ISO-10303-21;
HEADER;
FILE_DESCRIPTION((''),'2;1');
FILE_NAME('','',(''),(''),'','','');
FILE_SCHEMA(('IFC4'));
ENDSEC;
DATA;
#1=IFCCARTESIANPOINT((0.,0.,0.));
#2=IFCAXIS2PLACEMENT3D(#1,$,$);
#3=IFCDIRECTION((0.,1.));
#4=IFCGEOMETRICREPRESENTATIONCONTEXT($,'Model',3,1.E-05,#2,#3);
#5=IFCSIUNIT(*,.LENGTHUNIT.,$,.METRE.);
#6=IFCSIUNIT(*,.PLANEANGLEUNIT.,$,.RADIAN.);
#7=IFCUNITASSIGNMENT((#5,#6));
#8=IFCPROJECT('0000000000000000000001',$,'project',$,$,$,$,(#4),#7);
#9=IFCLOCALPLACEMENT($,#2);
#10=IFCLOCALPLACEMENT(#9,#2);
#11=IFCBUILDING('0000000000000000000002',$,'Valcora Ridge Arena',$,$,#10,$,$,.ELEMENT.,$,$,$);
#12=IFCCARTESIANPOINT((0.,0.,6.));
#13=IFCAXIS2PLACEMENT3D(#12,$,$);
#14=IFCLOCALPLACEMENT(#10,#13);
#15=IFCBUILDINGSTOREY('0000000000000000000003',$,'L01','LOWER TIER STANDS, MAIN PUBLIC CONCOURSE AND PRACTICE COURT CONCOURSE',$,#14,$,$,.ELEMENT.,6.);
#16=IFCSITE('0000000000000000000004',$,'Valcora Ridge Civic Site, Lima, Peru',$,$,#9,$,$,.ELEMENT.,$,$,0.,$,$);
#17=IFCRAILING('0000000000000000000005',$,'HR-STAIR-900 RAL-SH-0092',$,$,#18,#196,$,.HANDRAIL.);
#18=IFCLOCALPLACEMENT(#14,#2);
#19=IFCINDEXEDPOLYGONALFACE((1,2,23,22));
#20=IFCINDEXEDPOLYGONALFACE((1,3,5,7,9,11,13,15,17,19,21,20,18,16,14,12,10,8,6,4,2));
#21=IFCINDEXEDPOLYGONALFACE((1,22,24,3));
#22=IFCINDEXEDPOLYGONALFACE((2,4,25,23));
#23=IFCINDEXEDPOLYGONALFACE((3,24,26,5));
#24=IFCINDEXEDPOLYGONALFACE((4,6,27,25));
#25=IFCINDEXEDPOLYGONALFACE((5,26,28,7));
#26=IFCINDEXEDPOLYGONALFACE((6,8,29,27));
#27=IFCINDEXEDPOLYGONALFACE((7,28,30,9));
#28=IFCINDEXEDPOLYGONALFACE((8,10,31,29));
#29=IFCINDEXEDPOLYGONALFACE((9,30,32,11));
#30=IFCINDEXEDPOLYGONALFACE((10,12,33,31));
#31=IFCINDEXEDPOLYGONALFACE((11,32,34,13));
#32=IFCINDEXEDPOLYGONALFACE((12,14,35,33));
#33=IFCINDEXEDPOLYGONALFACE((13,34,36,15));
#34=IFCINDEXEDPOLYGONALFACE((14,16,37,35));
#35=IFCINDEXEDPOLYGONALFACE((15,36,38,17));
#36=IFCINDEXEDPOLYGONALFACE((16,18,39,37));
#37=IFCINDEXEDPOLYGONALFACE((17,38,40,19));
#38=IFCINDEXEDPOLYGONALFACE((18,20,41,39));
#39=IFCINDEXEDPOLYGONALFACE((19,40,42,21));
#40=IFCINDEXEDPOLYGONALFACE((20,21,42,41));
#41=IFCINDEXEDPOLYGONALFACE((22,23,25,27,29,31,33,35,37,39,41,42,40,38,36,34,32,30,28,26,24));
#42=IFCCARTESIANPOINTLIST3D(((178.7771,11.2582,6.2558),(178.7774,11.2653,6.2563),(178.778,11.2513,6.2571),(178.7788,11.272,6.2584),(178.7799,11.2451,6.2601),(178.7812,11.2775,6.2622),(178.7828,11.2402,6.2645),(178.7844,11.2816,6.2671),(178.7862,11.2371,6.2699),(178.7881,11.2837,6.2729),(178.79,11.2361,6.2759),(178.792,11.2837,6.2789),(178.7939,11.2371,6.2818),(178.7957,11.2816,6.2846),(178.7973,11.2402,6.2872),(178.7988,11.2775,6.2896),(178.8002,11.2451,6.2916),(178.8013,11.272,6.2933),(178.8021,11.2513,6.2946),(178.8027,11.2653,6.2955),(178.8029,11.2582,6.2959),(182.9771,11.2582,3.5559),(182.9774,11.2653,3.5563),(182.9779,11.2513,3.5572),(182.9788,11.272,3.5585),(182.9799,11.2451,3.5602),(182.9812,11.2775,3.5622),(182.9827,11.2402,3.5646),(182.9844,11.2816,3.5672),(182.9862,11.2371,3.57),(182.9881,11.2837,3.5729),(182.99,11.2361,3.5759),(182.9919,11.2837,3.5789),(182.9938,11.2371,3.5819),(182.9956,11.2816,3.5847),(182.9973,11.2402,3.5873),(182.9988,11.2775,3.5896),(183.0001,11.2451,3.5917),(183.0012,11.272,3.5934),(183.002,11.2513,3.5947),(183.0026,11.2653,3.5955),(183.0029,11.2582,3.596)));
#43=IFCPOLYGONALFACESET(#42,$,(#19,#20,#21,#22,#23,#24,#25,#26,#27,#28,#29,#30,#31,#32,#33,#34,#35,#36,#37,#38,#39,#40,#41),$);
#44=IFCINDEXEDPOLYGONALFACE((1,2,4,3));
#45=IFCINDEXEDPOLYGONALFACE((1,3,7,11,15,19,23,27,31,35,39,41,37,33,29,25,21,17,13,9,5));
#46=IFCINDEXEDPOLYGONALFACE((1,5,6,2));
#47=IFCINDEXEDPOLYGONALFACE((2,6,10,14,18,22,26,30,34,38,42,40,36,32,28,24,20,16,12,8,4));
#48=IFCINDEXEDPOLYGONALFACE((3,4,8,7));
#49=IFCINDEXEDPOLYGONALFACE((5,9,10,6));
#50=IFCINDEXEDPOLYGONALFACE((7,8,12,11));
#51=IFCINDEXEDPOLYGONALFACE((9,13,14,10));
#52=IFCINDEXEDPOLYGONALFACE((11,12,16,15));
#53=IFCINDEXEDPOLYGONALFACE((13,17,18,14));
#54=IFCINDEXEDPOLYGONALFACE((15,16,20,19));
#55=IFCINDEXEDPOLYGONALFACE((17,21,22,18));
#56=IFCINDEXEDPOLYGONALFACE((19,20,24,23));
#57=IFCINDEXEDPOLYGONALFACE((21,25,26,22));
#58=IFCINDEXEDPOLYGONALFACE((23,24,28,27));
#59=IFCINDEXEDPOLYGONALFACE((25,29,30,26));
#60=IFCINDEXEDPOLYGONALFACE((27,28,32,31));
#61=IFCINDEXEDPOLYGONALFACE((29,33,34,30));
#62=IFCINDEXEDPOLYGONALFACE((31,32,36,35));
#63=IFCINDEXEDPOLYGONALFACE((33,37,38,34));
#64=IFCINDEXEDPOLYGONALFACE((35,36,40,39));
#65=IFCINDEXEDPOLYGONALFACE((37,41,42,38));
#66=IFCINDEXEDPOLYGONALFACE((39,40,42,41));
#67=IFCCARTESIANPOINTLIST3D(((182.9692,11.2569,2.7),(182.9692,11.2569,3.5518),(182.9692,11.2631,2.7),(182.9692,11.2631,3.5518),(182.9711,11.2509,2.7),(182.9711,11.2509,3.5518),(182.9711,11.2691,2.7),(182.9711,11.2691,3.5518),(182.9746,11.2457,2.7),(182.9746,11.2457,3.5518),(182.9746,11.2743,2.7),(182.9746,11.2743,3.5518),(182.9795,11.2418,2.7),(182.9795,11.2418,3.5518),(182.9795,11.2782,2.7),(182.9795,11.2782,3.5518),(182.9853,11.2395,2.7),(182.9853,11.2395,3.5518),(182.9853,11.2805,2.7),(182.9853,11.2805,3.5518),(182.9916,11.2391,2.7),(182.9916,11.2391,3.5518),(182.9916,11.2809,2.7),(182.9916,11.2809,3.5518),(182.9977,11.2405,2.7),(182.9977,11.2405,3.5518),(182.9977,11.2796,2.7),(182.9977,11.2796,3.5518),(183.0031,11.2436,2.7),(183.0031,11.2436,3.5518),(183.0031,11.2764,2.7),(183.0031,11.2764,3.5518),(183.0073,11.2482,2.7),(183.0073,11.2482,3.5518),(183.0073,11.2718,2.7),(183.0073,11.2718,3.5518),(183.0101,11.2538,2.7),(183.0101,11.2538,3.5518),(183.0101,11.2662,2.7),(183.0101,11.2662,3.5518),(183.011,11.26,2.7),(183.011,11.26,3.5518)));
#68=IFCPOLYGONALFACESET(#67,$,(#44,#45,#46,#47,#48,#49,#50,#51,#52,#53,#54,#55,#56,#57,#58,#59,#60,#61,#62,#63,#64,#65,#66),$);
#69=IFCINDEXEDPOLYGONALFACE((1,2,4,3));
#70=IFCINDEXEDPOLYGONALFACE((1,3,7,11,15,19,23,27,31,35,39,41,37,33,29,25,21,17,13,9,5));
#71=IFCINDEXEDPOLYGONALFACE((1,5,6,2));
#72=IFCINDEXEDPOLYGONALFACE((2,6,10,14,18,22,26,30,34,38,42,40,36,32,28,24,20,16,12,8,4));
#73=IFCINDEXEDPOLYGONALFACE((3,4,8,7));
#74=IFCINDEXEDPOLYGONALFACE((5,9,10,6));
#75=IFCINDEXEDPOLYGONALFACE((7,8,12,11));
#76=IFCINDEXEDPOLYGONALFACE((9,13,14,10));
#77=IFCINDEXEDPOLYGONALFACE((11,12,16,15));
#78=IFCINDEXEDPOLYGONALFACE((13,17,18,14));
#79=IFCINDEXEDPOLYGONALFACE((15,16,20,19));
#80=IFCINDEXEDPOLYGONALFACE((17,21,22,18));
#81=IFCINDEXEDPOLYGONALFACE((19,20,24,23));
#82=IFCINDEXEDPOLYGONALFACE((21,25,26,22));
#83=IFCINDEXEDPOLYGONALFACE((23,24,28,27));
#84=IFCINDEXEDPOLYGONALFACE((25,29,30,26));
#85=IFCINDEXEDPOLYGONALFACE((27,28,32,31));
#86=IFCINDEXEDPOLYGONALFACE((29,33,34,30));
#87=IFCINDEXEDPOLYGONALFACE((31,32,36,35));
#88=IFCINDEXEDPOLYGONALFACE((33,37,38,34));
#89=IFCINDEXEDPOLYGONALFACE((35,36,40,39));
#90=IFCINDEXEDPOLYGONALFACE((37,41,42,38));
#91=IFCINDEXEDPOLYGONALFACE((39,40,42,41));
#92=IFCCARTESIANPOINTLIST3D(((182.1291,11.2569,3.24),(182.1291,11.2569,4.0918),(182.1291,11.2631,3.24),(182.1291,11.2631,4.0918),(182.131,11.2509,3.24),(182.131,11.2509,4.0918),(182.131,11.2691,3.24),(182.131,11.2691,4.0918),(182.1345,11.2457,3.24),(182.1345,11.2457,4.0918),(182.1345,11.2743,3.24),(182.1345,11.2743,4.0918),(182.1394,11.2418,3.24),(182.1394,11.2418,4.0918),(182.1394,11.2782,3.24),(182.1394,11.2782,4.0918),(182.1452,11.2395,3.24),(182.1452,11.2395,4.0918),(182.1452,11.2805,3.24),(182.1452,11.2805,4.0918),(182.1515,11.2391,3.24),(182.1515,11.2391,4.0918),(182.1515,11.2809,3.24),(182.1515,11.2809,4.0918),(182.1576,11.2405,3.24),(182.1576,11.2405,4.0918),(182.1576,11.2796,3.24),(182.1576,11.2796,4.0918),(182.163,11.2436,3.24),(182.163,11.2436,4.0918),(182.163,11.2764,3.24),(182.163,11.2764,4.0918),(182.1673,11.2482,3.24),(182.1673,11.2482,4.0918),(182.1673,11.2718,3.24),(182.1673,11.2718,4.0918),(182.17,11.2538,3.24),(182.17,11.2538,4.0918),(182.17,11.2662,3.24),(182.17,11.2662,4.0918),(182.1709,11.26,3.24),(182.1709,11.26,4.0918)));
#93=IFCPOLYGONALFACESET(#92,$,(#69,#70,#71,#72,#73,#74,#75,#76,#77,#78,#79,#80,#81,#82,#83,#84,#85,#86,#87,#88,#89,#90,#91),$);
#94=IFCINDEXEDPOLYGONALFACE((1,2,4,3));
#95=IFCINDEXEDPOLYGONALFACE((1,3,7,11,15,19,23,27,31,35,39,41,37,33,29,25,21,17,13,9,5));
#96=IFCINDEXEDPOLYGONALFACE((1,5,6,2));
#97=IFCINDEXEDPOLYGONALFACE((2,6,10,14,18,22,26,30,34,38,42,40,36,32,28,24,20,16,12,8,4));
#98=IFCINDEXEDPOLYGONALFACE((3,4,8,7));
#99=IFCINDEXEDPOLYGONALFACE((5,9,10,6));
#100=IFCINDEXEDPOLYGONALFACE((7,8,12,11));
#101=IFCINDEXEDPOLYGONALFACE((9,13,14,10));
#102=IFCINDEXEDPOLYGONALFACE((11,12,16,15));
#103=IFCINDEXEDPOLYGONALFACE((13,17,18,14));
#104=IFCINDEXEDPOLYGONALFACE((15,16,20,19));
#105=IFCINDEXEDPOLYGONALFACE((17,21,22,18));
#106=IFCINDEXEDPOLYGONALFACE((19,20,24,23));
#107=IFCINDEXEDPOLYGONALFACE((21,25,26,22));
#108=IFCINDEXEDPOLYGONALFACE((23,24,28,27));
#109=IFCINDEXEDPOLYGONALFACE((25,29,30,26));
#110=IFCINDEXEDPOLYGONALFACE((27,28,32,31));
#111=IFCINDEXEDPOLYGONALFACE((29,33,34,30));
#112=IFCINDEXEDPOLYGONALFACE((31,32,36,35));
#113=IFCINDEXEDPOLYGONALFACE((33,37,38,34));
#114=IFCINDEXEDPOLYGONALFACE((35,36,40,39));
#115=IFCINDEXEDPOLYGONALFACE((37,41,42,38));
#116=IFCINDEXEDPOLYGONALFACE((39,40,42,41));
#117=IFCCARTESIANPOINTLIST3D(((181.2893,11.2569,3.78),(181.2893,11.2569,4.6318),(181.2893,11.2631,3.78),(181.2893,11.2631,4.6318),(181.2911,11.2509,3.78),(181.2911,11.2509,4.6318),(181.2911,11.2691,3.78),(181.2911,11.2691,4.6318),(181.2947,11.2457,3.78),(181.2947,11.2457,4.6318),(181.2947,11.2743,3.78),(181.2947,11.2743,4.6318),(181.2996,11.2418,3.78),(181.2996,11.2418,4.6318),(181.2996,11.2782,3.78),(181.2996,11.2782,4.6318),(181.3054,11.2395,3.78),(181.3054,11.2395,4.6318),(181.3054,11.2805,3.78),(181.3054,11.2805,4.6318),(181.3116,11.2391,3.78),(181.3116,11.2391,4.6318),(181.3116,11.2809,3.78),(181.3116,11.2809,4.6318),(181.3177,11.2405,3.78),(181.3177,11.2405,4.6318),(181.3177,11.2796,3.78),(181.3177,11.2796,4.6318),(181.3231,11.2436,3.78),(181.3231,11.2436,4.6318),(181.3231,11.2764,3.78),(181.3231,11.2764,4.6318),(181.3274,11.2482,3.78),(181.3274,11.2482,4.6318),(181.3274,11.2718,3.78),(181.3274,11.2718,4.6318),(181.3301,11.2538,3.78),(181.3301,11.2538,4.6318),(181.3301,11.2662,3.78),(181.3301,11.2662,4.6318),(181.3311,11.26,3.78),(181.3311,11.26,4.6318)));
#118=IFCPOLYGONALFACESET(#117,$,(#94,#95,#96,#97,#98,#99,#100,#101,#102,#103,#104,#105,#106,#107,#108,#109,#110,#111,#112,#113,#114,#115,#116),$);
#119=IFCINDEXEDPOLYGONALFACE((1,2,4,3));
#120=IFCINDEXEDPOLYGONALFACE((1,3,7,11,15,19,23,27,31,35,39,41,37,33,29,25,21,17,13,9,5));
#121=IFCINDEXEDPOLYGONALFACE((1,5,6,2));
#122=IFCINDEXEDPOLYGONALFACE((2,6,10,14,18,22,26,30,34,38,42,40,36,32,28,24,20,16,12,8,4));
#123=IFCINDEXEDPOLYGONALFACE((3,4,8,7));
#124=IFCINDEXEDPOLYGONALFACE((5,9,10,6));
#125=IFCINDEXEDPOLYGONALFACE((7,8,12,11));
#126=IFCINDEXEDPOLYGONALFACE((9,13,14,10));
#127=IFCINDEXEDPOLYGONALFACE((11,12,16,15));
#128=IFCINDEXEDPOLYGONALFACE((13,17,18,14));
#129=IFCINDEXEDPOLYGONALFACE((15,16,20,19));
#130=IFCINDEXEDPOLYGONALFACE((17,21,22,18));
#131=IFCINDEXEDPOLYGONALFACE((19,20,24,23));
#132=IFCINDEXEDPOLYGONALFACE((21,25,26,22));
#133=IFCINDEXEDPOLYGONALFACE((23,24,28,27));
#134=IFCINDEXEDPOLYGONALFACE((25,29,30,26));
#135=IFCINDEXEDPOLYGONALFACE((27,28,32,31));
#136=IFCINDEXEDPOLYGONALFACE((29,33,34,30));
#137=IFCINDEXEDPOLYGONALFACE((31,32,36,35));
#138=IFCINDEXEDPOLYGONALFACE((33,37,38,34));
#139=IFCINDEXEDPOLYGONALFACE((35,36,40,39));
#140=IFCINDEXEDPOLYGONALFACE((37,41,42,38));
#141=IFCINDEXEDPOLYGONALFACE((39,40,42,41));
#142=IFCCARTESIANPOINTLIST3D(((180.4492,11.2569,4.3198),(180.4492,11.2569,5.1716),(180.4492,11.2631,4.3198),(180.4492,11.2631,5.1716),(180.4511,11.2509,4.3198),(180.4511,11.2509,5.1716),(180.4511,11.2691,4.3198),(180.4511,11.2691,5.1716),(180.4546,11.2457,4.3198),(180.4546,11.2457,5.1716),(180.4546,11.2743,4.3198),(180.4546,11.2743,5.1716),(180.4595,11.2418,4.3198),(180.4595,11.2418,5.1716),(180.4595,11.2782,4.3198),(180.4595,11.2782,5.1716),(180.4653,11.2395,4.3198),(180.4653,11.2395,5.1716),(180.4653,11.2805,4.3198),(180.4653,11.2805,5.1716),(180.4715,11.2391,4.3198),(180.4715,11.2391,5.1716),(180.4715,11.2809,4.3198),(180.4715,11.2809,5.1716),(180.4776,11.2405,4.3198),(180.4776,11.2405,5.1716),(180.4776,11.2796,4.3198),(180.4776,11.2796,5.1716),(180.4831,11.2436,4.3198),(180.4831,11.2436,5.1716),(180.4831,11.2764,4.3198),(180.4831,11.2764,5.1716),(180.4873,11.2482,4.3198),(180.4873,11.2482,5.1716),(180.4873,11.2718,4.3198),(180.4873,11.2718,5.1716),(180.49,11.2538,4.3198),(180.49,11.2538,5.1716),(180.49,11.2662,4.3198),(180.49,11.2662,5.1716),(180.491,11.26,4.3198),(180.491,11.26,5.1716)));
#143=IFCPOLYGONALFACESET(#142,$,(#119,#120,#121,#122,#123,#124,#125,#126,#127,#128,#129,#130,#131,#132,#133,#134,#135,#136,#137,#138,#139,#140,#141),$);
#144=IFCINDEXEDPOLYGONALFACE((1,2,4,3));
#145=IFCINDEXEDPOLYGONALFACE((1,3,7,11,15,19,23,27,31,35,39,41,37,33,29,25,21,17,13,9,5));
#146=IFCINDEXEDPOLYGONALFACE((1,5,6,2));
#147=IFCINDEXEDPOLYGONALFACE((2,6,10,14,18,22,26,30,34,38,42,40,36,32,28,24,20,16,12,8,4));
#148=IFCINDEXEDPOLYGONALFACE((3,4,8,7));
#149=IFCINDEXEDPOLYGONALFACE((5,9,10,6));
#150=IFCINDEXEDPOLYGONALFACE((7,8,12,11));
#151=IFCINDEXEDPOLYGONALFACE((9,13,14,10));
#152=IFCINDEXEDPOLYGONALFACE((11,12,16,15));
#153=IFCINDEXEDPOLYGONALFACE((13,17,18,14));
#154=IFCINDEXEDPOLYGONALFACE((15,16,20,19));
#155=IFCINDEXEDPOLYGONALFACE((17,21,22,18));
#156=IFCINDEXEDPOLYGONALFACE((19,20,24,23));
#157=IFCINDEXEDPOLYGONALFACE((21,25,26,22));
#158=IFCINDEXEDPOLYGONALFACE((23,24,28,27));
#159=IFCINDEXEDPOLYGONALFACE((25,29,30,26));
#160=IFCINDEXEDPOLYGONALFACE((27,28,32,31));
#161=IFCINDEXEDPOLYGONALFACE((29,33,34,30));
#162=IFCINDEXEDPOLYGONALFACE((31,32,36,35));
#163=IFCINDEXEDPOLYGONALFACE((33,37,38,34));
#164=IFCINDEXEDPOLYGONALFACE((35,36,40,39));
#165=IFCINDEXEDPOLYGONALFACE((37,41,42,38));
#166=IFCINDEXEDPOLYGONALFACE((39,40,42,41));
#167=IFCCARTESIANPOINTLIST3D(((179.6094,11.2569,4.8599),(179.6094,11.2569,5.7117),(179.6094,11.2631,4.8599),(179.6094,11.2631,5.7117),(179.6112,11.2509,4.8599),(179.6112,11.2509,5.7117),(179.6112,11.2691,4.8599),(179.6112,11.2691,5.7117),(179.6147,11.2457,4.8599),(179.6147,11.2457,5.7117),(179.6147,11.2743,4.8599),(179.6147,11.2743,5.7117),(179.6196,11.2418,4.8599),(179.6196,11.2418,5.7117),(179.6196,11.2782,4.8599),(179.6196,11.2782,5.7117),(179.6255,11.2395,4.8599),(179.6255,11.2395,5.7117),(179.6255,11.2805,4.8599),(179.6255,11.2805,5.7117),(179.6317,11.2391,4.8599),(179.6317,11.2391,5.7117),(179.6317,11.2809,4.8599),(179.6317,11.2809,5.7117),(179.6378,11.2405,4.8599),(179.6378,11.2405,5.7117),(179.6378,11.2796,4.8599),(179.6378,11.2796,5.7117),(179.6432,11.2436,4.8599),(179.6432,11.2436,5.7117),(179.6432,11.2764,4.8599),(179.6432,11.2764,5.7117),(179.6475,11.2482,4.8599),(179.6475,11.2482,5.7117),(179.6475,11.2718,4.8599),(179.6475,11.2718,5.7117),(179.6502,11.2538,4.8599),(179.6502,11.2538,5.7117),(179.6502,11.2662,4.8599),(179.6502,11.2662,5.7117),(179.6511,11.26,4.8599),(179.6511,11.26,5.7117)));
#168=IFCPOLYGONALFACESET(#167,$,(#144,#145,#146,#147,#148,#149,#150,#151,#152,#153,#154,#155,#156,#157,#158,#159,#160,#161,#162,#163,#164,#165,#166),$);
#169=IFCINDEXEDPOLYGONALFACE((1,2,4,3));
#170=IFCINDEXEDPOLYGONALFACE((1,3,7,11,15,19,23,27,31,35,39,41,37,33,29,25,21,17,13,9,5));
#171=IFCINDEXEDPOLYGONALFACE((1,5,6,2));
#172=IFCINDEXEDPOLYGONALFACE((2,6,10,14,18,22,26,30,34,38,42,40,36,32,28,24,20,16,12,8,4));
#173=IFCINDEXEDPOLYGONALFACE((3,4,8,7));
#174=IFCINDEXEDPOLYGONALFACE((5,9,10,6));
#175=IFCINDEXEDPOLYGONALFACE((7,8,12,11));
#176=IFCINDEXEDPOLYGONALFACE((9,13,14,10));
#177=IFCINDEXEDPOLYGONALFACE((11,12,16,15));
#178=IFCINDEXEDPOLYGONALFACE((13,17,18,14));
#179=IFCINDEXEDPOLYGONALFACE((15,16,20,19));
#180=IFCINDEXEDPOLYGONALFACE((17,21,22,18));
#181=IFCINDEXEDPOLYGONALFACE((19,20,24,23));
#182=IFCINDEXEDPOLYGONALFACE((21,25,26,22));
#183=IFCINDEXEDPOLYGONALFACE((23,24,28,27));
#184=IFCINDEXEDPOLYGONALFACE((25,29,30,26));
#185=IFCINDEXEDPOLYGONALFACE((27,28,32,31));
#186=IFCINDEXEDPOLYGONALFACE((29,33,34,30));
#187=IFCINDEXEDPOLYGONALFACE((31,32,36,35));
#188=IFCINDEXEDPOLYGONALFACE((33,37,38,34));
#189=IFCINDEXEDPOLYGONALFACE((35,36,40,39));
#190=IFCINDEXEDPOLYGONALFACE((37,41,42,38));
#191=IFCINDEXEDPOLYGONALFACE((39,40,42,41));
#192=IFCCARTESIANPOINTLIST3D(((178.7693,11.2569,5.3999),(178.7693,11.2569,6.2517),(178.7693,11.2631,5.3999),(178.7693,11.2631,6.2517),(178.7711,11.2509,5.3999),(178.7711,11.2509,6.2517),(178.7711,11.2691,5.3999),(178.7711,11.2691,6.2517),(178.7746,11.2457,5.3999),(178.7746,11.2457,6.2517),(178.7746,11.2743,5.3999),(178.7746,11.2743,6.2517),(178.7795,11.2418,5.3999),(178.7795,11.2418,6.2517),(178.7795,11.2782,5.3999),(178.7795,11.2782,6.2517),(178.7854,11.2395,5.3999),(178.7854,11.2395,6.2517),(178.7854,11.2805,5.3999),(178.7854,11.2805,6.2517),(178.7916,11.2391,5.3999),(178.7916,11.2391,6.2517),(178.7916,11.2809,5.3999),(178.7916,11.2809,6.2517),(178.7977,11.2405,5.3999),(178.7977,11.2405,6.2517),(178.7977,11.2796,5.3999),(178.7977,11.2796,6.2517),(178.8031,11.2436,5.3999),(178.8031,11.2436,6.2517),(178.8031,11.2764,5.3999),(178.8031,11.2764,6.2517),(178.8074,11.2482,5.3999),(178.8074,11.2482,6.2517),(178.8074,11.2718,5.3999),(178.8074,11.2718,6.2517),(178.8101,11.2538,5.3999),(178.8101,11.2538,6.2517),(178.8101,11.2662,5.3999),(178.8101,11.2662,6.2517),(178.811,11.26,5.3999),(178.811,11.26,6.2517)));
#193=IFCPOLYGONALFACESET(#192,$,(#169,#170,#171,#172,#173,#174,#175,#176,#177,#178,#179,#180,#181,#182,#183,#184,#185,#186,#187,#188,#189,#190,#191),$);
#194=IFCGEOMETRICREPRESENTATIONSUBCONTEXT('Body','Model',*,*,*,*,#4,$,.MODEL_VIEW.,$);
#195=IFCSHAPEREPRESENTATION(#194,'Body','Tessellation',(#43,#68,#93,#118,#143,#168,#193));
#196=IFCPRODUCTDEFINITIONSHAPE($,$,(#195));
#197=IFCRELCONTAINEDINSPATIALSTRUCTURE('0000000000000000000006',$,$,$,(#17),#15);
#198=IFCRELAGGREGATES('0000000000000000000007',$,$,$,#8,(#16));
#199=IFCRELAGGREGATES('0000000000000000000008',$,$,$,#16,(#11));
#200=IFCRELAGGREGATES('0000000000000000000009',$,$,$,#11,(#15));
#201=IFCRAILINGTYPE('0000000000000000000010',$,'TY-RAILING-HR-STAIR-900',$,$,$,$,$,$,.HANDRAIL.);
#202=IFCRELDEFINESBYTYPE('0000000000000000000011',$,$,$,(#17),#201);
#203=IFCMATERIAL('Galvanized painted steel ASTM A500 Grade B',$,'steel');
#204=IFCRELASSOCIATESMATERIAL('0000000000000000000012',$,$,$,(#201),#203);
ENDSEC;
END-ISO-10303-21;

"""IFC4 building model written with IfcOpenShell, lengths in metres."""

from ifc_helpers import new_model, si_unit, direction, frame, origin, origin_2d, place, context, subcontext, project, spatial, circle, extrude, material, type_object, element, save


model = new_model("IFC4")

# Units and contexts
model_context = context("Model", 3, precision=1e-05, world=origin(), true_north=direction((0.0, 1.0)))
body_context = subcontext(model_context, "Body", "Model", "MODEL_VIEW")
ifc_project = project(units=[si_unit("LENGTHUNIT", "METRE"), si_unit("PLANEANGLEUNIT", "RADIAN")], contexts=[model_context])

# Site, building, storey
site_placement = place(None, origin())
site = spatial("IfcSite", under=ifc_project, at=site_placement, Name="Valcora Ridge Civic Site, Lima, Peru", CompositionType="ELEMENT", RefElevation=0.0)
building_placement = place(site_placement, origin())
building = spatial("IfcBuilding", under=site, at=building_placement, Name="Valcora Ridge Arena", CompositionType="ELEMENT")
storey_placement = place(building_placement, frame((0.0, 0.0, 6.0)))
storey = spatial("IfcBuildingStorey", under=building, at=storey_placement, Name="L01", Description="LOWER TIER STANDS, MAIN PUBLIC CONCOURSE AND PRACTICE COURT CONCOURSE", CompositionType="ELEMENT", Elevation=6.0)

# Railing
ifc_material_1 = material(Name="Galvanized painted steel ASTM A500 Grade B", Category="steel")
railing_type_1 = type_object("IfcRailingType", Name="TY-RAILING-HR-STAIR-900", PredefinedType="HANDRAIL", material=ifc_material_1)
railing_1_placement = place(storey_placement, frame((182.99, 11.26, 2.7)))
element("IfcRailing", 1, at=railing_1_placement, inside=storey, type_object=railing_type_1, Name="HR-STAIR-900 RAL-SH-0092", PredefinedType="HANDRAIL", context=body_context, shape_type="SweptSolid", body=[
    extrude(circle(Radius=0.0239, at=origin_2d()), frame((0.0, 0.0, 0.876), z_axis=(-0.84118, 0.0, 0.540755), x_axis=(0.0, -1.0, 0.0)), (0.0, 0.0, 1.0), 4.9929),
    extrude(circle(Radius=0.021, at=origin_2d()), origin(), (0.0, 0.0, 1.0), 0.8518),
    extrude(circle(Radius=0.021, at=origin_2d()), frame((-0.8401, 0.0, 0.54)), (0.0, 0.0, 1.0), 0.8518),
    extrude(circle(Radius=0.021, at=origin_2d()), frame((-1.6799, 0.0, 1.0801)), (0.0, 0.0, 1.0), 0.8518),
    extrude(circle(Radius=0.021, at=origin_2d()), frame((-2.52, 0.0, 1.6199)), (0.0, 0.0, 1.0), 0.8518),
    extrude(circle(Radius=0.021, at=origin_2d()), frame((-3.3599, 0.0, 2.1599)), (0.0, 0.0, 1.0), 0.8518),
    extrude(circle(Radius=0.021, at=origin_2d()), frame((-4.2, 0.0, 2.7)), (0.0, 0.0, 1.0), 0.8518),
])

save(model, "model.ifc")
